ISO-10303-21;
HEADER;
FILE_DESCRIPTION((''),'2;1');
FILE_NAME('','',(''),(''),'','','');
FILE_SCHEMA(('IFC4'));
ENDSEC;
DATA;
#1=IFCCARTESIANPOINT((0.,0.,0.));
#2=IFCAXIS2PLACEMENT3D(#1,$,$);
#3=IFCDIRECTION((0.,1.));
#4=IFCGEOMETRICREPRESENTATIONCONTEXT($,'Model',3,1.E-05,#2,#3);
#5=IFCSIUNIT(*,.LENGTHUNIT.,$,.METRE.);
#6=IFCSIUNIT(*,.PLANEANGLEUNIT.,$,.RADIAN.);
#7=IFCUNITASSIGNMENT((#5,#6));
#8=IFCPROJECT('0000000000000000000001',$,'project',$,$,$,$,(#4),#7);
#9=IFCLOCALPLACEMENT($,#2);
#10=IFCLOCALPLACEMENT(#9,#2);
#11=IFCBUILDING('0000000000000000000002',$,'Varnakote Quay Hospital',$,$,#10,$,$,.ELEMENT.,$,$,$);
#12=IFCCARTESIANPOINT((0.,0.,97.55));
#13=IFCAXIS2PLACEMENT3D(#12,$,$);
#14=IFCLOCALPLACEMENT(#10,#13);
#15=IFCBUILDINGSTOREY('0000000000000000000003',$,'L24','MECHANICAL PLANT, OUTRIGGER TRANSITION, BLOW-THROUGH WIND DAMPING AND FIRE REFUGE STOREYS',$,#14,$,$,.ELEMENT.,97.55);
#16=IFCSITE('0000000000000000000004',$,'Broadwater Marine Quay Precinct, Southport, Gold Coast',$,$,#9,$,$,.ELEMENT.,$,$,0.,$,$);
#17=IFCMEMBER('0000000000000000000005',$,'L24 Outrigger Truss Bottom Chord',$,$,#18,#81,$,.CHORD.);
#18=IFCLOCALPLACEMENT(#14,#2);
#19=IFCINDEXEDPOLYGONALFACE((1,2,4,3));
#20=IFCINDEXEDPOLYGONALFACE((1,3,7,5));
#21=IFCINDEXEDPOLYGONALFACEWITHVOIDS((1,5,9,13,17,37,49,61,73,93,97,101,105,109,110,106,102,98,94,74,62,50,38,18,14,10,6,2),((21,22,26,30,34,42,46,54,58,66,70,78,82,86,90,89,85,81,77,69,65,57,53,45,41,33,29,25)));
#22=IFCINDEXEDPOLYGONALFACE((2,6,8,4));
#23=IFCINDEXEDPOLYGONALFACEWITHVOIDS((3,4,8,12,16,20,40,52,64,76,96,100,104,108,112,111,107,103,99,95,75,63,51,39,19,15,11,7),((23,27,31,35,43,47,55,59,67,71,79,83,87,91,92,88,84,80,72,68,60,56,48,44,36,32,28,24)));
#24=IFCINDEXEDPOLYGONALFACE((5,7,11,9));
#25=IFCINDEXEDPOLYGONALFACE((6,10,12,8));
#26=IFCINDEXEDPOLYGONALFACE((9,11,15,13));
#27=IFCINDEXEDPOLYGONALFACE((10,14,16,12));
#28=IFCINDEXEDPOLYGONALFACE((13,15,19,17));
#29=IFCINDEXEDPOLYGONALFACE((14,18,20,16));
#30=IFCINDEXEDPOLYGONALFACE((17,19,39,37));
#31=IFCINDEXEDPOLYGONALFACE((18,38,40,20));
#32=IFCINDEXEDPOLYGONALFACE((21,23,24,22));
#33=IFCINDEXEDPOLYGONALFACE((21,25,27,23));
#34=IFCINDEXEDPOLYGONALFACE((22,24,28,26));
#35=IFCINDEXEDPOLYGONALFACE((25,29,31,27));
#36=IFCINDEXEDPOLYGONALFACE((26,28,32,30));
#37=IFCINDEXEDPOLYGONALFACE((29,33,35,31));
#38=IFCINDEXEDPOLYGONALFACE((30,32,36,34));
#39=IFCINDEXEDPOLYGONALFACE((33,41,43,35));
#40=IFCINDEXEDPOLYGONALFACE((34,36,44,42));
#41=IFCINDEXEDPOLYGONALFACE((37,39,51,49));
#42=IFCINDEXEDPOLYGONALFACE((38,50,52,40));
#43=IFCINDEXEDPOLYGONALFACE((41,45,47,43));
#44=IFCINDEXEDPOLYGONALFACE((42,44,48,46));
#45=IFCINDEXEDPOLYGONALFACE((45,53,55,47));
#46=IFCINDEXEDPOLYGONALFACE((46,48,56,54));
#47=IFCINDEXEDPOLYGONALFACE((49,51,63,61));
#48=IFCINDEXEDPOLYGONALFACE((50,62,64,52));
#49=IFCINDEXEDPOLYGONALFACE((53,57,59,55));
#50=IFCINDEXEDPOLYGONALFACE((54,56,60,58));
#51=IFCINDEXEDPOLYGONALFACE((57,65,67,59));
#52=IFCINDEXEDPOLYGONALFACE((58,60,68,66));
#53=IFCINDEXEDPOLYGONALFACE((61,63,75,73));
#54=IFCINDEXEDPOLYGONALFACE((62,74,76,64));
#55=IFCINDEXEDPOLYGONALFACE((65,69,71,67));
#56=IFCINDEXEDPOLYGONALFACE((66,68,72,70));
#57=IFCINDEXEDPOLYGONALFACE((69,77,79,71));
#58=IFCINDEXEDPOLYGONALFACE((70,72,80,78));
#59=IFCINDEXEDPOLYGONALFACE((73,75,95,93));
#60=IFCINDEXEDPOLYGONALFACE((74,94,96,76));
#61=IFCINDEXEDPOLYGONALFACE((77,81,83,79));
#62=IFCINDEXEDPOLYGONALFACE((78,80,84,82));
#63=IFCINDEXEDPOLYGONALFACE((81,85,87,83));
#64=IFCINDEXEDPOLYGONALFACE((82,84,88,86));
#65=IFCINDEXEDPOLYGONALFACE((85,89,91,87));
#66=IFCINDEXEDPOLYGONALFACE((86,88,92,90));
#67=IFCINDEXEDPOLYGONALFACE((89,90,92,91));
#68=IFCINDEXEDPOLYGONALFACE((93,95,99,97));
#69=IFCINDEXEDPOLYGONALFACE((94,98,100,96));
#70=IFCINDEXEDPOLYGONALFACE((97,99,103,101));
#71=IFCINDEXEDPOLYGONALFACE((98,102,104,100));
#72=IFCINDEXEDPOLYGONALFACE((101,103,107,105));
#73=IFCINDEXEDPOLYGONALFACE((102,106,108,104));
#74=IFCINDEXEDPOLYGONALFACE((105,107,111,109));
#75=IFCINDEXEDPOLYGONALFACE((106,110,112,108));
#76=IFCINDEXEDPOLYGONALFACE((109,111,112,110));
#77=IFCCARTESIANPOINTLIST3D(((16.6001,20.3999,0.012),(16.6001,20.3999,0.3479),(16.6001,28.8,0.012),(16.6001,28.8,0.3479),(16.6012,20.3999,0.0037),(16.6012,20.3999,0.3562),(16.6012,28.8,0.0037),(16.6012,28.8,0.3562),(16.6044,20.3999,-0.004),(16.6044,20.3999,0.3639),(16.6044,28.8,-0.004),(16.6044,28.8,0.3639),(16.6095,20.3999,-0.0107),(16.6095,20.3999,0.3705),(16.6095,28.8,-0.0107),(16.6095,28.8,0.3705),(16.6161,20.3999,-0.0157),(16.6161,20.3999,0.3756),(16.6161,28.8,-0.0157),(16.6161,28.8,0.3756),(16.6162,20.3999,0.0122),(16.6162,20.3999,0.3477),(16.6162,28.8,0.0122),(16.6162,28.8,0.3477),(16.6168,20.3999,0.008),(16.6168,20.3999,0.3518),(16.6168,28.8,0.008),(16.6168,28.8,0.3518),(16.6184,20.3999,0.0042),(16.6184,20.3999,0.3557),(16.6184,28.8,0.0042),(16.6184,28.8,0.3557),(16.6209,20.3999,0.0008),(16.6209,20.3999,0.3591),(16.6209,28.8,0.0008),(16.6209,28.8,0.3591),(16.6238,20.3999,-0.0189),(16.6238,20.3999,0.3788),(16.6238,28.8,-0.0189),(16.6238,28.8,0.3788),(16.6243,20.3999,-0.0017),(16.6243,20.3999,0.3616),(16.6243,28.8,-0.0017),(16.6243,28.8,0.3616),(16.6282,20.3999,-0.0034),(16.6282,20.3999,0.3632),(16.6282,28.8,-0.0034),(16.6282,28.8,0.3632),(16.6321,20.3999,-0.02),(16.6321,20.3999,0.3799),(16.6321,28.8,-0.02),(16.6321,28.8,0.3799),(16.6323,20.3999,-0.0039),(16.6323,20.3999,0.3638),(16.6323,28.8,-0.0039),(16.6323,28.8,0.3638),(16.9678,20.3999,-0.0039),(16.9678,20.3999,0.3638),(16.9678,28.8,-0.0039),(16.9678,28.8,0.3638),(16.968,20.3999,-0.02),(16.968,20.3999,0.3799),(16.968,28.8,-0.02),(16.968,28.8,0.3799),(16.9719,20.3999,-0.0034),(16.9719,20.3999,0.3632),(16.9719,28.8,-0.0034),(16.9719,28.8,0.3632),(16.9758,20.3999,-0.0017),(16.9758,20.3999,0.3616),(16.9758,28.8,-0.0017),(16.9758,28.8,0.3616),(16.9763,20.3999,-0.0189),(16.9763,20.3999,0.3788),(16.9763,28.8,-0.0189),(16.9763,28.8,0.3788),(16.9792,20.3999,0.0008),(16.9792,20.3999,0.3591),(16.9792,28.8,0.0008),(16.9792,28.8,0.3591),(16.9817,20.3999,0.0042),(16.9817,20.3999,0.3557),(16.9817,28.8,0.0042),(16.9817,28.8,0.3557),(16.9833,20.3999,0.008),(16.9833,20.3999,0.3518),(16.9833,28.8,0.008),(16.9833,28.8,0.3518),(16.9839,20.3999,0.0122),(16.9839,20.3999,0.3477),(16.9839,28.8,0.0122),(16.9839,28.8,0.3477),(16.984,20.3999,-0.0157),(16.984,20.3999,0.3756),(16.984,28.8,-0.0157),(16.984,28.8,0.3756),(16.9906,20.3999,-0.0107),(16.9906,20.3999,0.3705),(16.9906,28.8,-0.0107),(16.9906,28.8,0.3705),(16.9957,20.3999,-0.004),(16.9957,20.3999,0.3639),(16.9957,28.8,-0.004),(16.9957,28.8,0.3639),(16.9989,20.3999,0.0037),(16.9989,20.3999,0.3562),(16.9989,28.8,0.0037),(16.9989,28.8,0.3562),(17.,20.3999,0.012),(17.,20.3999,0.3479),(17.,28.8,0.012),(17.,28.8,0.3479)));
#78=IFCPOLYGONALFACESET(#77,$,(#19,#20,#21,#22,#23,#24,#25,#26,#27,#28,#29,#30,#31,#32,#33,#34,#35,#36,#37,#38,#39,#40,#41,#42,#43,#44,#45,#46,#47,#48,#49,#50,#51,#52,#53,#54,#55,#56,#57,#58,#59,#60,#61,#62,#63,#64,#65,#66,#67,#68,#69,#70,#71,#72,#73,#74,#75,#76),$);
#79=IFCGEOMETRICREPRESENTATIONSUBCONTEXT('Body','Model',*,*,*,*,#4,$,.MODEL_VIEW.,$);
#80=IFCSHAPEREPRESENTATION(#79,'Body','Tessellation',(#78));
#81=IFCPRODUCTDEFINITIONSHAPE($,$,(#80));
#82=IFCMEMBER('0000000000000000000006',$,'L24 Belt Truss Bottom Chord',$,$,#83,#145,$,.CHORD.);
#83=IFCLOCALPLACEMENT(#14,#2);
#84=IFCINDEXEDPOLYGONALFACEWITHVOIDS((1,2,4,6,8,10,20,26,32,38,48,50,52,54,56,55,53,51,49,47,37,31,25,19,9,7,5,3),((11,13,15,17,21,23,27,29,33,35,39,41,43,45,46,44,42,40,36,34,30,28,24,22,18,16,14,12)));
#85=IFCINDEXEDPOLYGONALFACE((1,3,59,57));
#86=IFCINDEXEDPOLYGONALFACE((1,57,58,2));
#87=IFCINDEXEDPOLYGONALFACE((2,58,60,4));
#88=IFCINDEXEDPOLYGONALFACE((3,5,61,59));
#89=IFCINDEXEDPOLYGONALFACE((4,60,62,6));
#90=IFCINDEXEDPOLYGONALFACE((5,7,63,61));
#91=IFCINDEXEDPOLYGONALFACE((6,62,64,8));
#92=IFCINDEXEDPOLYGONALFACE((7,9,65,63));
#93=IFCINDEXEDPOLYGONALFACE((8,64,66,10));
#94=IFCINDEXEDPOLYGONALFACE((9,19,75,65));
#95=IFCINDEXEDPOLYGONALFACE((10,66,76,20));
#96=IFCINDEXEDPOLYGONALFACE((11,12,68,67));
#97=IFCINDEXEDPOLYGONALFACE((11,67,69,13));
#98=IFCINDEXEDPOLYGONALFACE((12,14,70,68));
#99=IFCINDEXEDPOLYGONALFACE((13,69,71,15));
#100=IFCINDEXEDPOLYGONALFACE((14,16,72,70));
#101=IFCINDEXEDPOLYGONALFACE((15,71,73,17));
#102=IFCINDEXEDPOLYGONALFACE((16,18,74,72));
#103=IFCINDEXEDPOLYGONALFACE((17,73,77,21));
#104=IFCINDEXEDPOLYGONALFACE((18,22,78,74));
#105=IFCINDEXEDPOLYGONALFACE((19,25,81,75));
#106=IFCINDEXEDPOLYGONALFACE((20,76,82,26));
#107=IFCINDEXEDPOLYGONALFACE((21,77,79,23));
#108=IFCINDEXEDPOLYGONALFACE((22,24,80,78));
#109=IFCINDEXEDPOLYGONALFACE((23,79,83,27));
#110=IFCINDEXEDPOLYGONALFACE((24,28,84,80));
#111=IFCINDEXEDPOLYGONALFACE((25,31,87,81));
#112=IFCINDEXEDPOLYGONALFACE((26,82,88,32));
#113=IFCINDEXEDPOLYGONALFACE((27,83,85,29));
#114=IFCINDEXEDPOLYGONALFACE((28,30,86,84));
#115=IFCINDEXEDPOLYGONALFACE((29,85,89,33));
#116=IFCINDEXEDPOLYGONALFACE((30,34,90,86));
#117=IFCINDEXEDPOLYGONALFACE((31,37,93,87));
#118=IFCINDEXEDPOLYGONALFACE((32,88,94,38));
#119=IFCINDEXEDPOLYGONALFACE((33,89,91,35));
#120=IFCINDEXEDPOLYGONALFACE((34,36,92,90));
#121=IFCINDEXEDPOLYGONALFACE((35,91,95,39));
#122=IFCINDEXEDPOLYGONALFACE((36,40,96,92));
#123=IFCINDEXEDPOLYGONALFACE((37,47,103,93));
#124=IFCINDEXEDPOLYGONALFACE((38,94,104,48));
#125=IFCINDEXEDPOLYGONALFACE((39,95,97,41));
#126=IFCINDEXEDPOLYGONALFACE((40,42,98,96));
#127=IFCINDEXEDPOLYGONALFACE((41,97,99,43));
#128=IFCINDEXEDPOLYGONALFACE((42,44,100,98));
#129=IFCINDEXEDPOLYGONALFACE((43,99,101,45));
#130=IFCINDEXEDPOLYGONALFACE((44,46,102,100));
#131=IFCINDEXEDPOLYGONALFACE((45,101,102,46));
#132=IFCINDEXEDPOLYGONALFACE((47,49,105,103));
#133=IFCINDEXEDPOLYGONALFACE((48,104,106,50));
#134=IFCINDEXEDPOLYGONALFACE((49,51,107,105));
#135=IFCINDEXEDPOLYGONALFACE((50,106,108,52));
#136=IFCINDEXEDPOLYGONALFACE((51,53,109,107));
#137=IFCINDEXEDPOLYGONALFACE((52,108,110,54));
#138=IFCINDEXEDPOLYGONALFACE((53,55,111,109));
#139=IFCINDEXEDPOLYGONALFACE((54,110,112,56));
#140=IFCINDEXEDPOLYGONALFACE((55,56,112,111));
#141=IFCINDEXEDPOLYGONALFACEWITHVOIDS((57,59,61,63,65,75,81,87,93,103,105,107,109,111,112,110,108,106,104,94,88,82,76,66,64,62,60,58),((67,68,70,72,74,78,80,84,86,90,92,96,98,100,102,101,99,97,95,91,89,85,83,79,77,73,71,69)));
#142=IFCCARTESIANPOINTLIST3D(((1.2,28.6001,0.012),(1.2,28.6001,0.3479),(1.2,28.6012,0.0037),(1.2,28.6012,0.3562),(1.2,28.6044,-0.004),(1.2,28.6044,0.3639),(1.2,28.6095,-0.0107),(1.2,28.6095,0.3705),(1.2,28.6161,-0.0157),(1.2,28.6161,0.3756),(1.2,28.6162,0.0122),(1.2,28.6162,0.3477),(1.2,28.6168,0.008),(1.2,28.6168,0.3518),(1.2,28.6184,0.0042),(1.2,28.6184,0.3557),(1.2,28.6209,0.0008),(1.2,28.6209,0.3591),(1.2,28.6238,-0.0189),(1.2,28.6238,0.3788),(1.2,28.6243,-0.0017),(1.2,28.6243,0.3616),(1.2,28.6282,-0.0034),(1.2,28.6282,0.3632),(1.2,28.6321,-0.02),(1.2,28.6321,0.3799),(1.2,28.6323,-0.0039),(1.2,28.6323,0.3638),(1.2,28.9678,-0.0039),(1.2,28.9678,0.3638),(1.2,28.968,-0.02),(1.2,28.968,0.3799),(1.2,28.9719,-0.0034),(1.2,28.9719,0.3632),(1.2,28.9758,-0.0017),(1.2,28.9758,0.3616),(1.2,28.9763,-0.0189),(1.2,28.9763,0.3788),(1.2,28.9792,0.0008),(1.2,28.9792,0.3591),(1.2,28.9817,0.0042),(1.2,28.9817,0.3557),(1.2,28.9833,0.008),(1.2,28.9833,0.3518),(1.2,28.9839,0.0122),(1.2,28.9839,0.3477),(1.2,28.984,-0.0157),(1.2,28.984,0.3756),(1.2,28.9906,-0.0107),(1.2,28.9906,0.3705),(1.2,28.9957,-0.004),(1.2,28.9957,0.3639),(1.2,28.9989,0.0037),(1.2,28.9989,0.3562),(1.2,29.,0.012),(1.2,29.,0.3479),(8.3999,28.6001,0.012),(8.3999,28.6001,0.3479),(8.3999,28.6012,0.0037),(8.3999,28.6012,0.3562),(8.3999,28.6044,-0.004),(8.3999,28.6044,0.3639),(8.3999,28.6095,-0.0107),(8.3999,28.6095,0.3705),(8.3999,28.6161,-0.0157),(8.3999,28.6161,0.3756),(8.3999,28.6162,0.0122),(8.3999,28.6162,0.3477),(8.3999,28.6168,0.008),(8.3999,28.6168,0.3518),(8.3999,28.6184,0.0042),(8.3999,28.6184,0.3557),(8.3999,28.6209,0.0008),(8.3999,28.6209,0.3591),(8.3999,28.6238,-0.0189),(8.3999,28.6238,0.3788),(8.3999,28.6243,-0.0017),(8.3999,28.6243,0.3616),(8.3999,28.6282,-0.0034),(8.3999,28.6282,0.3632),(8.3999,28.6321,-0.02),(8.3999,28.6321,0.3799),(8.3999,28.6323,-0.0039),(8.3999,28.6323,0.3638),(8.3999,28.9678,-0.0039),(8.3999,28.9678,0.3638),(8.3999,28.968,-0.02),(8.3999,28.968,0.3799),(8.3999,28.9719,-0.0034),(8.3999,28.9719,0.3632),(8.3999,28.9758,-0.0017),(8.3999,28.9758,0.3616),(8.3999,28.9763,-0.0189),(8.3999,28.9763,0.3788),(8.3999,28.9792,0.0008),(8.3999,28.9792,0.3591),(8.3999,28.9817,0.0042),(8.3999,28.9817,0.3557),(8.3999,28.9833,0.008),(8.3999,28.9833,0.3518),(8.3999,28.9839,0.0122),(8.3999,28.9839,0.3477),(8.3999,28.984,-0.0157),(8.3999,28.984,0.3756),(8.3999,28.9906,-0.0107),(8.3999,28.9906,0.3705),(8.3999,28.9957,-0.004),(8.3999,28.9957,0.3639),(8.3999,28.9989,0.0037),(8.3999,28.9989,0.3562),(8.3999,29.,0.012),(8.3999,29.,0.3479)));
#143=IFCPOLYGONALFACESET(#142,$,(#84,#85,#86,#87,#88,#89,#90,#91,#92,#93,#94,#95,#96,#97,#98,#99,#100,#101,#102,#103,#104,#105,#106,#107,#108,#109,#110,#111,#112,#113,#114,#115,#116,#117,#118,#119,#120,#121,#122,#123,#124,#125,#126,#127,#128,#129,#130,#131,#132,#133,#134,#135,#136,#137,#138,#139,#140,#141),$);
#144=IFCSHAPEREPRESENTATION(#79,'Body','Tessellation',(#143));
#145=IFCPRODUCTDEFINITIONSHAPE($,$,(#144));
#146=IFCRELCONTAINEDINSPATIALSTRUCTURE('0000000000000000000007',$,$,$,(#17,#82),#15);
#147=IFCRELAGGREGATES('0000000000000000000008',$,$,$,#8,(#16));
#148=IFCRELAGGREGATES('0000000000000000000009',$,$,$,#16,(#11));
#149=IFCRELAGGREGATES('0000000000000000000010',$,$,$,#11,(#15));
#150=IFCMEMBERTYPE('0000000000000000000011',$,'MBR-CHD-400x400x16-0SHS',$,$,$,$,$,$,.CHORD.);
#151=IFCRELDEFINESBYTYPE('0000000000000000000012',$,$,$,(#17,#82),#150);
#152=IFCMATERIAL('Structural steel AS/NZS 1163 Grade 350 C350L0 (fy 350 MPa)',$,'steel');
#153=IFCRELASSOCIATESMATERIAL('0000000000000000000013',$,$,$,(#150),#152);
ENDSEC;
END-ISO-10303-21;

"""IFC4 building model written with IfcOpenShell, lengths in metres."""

from ifc_helpers import new_model, si_unit, direction, frame, origin, origin_2d, place, context, subcontext, project, spatial, hollow_rectangle, extrude, material, material_profile, profile_set, type_object, element, save


model = new_model("IFC4")

# Units and contexts
model_context = context("Model", 3, precision=1e-05, world=origin(), true_north=direction((0.0, 1.0)))
body_context = subcontext(model_context, "Body", "Model", "MODEL_VIEW")
ifc_project = project(units=[si_unit("LENGTHUNIT", "METRE"), si_unit("PLANEANGLEUNIT", "RADIAN")], contexts=[model_context])

# Site, building, storey
site_placement = place(None, origin())
site = spatial("IfcSite", under=ifc_project, at=site_placement, Name="Broadwater Marine Quay Precinct, Southport, Gold Coast", CompositionType="ELEMENT", RefElevation=0.0)
building_placement = place(site_placement, origin())
building = spatial("IfcBuilding", under=site, at=building_placement, Name="Varnakote Quay Hospital", CompositionType="ELEMENT")
storey_placement = place(building_placement, frame((0.0, 0.0, 97.55)))
storey = spatial("IfcBuildingStorey", under=building, at=storey_placement, Name="L24", Description="MECHANICAL PLANT, OUTRIGGER TRANSITION, BLOW-THROUGH WIND DAMPING AND FIRE REFUGE STOREYS", CompositionType="ELEMENT", Elevation=97.55)

# Members
ifc_material_1 = material(Name="Structural steel AS/NZS 1163 Grade 350 C350L0 (fy 350 MPa)", Category="steel")
ifc_material_profile_1 = material_profile(ifc_material_1, hollow_rectangle(XDim=0.3999, YDim=0.3999, WallThickness=0.0161, InnerFilletRadius=0.0161, OuterFilletRadius=0.032, at=origin_2d()), Name="400x400x16.0SHS")
ifc_profile_set_1 = profile_set([ifc_material_profile_1], Name="Structural steel AS/NZS 1163 Grade 350 C350L0 (fy 350 MPa)")
member_type_1 = type_object("IfcMemberType", Name="MBR-CHD-400x400x16-0SHS", PredefinedType="CHORD", material=ifc_profile_set_1)
member_1_placement = place(storey_placement, frame((16.8, 20.3999, 0.1799), z_axis=(0.0, 1.0, 0.0), x_axis=(-1.0, 0.0, 0.0)))
element("IfcMember", 1, at=member_1_placement, inside=storey, type_object=member_type_1, Name="L24 Outrigger Truss Bottom Chord", PredefinedType="CHORD", context=body_context, shape_type="SweptSolid", body=[
    extrude(hollow_rectangle(XDim=0.3999, YDim=0.3999, WallThickness=0.0161, InnerFilletRadius=0.0161, OuterFilletRadius=0.032, at=origin_2d()), origin(), (0.0, 0.0, 1.0), 8.4001),
])
member_2_placement = place(storey_placement, frame((1.2, 28.8, 0.1799), z_axis=(1.0, 0.0, 0.0), x_axis=(0.0, 1.0, 0.0)))
element("IfcMember", 2, at=member_2_placement, inside=storey, type_object=member_type_1, Name="L24 Belt Truss Bottom Chord", PredefinedType="CHORD", context=body_context, shape_type="SweptSolid", body=[
    extrude(hollow_rectangle(XDim=0.3999, YDim=0.3999, WallThickness=0.0161, InnerFilletRadius=0.0161, OuterFilletRadius=0.032, at=origin_2d()), origin(), (0.0, 0.0, 1.0), 7.2),
])

save(model, "model.ifc")
